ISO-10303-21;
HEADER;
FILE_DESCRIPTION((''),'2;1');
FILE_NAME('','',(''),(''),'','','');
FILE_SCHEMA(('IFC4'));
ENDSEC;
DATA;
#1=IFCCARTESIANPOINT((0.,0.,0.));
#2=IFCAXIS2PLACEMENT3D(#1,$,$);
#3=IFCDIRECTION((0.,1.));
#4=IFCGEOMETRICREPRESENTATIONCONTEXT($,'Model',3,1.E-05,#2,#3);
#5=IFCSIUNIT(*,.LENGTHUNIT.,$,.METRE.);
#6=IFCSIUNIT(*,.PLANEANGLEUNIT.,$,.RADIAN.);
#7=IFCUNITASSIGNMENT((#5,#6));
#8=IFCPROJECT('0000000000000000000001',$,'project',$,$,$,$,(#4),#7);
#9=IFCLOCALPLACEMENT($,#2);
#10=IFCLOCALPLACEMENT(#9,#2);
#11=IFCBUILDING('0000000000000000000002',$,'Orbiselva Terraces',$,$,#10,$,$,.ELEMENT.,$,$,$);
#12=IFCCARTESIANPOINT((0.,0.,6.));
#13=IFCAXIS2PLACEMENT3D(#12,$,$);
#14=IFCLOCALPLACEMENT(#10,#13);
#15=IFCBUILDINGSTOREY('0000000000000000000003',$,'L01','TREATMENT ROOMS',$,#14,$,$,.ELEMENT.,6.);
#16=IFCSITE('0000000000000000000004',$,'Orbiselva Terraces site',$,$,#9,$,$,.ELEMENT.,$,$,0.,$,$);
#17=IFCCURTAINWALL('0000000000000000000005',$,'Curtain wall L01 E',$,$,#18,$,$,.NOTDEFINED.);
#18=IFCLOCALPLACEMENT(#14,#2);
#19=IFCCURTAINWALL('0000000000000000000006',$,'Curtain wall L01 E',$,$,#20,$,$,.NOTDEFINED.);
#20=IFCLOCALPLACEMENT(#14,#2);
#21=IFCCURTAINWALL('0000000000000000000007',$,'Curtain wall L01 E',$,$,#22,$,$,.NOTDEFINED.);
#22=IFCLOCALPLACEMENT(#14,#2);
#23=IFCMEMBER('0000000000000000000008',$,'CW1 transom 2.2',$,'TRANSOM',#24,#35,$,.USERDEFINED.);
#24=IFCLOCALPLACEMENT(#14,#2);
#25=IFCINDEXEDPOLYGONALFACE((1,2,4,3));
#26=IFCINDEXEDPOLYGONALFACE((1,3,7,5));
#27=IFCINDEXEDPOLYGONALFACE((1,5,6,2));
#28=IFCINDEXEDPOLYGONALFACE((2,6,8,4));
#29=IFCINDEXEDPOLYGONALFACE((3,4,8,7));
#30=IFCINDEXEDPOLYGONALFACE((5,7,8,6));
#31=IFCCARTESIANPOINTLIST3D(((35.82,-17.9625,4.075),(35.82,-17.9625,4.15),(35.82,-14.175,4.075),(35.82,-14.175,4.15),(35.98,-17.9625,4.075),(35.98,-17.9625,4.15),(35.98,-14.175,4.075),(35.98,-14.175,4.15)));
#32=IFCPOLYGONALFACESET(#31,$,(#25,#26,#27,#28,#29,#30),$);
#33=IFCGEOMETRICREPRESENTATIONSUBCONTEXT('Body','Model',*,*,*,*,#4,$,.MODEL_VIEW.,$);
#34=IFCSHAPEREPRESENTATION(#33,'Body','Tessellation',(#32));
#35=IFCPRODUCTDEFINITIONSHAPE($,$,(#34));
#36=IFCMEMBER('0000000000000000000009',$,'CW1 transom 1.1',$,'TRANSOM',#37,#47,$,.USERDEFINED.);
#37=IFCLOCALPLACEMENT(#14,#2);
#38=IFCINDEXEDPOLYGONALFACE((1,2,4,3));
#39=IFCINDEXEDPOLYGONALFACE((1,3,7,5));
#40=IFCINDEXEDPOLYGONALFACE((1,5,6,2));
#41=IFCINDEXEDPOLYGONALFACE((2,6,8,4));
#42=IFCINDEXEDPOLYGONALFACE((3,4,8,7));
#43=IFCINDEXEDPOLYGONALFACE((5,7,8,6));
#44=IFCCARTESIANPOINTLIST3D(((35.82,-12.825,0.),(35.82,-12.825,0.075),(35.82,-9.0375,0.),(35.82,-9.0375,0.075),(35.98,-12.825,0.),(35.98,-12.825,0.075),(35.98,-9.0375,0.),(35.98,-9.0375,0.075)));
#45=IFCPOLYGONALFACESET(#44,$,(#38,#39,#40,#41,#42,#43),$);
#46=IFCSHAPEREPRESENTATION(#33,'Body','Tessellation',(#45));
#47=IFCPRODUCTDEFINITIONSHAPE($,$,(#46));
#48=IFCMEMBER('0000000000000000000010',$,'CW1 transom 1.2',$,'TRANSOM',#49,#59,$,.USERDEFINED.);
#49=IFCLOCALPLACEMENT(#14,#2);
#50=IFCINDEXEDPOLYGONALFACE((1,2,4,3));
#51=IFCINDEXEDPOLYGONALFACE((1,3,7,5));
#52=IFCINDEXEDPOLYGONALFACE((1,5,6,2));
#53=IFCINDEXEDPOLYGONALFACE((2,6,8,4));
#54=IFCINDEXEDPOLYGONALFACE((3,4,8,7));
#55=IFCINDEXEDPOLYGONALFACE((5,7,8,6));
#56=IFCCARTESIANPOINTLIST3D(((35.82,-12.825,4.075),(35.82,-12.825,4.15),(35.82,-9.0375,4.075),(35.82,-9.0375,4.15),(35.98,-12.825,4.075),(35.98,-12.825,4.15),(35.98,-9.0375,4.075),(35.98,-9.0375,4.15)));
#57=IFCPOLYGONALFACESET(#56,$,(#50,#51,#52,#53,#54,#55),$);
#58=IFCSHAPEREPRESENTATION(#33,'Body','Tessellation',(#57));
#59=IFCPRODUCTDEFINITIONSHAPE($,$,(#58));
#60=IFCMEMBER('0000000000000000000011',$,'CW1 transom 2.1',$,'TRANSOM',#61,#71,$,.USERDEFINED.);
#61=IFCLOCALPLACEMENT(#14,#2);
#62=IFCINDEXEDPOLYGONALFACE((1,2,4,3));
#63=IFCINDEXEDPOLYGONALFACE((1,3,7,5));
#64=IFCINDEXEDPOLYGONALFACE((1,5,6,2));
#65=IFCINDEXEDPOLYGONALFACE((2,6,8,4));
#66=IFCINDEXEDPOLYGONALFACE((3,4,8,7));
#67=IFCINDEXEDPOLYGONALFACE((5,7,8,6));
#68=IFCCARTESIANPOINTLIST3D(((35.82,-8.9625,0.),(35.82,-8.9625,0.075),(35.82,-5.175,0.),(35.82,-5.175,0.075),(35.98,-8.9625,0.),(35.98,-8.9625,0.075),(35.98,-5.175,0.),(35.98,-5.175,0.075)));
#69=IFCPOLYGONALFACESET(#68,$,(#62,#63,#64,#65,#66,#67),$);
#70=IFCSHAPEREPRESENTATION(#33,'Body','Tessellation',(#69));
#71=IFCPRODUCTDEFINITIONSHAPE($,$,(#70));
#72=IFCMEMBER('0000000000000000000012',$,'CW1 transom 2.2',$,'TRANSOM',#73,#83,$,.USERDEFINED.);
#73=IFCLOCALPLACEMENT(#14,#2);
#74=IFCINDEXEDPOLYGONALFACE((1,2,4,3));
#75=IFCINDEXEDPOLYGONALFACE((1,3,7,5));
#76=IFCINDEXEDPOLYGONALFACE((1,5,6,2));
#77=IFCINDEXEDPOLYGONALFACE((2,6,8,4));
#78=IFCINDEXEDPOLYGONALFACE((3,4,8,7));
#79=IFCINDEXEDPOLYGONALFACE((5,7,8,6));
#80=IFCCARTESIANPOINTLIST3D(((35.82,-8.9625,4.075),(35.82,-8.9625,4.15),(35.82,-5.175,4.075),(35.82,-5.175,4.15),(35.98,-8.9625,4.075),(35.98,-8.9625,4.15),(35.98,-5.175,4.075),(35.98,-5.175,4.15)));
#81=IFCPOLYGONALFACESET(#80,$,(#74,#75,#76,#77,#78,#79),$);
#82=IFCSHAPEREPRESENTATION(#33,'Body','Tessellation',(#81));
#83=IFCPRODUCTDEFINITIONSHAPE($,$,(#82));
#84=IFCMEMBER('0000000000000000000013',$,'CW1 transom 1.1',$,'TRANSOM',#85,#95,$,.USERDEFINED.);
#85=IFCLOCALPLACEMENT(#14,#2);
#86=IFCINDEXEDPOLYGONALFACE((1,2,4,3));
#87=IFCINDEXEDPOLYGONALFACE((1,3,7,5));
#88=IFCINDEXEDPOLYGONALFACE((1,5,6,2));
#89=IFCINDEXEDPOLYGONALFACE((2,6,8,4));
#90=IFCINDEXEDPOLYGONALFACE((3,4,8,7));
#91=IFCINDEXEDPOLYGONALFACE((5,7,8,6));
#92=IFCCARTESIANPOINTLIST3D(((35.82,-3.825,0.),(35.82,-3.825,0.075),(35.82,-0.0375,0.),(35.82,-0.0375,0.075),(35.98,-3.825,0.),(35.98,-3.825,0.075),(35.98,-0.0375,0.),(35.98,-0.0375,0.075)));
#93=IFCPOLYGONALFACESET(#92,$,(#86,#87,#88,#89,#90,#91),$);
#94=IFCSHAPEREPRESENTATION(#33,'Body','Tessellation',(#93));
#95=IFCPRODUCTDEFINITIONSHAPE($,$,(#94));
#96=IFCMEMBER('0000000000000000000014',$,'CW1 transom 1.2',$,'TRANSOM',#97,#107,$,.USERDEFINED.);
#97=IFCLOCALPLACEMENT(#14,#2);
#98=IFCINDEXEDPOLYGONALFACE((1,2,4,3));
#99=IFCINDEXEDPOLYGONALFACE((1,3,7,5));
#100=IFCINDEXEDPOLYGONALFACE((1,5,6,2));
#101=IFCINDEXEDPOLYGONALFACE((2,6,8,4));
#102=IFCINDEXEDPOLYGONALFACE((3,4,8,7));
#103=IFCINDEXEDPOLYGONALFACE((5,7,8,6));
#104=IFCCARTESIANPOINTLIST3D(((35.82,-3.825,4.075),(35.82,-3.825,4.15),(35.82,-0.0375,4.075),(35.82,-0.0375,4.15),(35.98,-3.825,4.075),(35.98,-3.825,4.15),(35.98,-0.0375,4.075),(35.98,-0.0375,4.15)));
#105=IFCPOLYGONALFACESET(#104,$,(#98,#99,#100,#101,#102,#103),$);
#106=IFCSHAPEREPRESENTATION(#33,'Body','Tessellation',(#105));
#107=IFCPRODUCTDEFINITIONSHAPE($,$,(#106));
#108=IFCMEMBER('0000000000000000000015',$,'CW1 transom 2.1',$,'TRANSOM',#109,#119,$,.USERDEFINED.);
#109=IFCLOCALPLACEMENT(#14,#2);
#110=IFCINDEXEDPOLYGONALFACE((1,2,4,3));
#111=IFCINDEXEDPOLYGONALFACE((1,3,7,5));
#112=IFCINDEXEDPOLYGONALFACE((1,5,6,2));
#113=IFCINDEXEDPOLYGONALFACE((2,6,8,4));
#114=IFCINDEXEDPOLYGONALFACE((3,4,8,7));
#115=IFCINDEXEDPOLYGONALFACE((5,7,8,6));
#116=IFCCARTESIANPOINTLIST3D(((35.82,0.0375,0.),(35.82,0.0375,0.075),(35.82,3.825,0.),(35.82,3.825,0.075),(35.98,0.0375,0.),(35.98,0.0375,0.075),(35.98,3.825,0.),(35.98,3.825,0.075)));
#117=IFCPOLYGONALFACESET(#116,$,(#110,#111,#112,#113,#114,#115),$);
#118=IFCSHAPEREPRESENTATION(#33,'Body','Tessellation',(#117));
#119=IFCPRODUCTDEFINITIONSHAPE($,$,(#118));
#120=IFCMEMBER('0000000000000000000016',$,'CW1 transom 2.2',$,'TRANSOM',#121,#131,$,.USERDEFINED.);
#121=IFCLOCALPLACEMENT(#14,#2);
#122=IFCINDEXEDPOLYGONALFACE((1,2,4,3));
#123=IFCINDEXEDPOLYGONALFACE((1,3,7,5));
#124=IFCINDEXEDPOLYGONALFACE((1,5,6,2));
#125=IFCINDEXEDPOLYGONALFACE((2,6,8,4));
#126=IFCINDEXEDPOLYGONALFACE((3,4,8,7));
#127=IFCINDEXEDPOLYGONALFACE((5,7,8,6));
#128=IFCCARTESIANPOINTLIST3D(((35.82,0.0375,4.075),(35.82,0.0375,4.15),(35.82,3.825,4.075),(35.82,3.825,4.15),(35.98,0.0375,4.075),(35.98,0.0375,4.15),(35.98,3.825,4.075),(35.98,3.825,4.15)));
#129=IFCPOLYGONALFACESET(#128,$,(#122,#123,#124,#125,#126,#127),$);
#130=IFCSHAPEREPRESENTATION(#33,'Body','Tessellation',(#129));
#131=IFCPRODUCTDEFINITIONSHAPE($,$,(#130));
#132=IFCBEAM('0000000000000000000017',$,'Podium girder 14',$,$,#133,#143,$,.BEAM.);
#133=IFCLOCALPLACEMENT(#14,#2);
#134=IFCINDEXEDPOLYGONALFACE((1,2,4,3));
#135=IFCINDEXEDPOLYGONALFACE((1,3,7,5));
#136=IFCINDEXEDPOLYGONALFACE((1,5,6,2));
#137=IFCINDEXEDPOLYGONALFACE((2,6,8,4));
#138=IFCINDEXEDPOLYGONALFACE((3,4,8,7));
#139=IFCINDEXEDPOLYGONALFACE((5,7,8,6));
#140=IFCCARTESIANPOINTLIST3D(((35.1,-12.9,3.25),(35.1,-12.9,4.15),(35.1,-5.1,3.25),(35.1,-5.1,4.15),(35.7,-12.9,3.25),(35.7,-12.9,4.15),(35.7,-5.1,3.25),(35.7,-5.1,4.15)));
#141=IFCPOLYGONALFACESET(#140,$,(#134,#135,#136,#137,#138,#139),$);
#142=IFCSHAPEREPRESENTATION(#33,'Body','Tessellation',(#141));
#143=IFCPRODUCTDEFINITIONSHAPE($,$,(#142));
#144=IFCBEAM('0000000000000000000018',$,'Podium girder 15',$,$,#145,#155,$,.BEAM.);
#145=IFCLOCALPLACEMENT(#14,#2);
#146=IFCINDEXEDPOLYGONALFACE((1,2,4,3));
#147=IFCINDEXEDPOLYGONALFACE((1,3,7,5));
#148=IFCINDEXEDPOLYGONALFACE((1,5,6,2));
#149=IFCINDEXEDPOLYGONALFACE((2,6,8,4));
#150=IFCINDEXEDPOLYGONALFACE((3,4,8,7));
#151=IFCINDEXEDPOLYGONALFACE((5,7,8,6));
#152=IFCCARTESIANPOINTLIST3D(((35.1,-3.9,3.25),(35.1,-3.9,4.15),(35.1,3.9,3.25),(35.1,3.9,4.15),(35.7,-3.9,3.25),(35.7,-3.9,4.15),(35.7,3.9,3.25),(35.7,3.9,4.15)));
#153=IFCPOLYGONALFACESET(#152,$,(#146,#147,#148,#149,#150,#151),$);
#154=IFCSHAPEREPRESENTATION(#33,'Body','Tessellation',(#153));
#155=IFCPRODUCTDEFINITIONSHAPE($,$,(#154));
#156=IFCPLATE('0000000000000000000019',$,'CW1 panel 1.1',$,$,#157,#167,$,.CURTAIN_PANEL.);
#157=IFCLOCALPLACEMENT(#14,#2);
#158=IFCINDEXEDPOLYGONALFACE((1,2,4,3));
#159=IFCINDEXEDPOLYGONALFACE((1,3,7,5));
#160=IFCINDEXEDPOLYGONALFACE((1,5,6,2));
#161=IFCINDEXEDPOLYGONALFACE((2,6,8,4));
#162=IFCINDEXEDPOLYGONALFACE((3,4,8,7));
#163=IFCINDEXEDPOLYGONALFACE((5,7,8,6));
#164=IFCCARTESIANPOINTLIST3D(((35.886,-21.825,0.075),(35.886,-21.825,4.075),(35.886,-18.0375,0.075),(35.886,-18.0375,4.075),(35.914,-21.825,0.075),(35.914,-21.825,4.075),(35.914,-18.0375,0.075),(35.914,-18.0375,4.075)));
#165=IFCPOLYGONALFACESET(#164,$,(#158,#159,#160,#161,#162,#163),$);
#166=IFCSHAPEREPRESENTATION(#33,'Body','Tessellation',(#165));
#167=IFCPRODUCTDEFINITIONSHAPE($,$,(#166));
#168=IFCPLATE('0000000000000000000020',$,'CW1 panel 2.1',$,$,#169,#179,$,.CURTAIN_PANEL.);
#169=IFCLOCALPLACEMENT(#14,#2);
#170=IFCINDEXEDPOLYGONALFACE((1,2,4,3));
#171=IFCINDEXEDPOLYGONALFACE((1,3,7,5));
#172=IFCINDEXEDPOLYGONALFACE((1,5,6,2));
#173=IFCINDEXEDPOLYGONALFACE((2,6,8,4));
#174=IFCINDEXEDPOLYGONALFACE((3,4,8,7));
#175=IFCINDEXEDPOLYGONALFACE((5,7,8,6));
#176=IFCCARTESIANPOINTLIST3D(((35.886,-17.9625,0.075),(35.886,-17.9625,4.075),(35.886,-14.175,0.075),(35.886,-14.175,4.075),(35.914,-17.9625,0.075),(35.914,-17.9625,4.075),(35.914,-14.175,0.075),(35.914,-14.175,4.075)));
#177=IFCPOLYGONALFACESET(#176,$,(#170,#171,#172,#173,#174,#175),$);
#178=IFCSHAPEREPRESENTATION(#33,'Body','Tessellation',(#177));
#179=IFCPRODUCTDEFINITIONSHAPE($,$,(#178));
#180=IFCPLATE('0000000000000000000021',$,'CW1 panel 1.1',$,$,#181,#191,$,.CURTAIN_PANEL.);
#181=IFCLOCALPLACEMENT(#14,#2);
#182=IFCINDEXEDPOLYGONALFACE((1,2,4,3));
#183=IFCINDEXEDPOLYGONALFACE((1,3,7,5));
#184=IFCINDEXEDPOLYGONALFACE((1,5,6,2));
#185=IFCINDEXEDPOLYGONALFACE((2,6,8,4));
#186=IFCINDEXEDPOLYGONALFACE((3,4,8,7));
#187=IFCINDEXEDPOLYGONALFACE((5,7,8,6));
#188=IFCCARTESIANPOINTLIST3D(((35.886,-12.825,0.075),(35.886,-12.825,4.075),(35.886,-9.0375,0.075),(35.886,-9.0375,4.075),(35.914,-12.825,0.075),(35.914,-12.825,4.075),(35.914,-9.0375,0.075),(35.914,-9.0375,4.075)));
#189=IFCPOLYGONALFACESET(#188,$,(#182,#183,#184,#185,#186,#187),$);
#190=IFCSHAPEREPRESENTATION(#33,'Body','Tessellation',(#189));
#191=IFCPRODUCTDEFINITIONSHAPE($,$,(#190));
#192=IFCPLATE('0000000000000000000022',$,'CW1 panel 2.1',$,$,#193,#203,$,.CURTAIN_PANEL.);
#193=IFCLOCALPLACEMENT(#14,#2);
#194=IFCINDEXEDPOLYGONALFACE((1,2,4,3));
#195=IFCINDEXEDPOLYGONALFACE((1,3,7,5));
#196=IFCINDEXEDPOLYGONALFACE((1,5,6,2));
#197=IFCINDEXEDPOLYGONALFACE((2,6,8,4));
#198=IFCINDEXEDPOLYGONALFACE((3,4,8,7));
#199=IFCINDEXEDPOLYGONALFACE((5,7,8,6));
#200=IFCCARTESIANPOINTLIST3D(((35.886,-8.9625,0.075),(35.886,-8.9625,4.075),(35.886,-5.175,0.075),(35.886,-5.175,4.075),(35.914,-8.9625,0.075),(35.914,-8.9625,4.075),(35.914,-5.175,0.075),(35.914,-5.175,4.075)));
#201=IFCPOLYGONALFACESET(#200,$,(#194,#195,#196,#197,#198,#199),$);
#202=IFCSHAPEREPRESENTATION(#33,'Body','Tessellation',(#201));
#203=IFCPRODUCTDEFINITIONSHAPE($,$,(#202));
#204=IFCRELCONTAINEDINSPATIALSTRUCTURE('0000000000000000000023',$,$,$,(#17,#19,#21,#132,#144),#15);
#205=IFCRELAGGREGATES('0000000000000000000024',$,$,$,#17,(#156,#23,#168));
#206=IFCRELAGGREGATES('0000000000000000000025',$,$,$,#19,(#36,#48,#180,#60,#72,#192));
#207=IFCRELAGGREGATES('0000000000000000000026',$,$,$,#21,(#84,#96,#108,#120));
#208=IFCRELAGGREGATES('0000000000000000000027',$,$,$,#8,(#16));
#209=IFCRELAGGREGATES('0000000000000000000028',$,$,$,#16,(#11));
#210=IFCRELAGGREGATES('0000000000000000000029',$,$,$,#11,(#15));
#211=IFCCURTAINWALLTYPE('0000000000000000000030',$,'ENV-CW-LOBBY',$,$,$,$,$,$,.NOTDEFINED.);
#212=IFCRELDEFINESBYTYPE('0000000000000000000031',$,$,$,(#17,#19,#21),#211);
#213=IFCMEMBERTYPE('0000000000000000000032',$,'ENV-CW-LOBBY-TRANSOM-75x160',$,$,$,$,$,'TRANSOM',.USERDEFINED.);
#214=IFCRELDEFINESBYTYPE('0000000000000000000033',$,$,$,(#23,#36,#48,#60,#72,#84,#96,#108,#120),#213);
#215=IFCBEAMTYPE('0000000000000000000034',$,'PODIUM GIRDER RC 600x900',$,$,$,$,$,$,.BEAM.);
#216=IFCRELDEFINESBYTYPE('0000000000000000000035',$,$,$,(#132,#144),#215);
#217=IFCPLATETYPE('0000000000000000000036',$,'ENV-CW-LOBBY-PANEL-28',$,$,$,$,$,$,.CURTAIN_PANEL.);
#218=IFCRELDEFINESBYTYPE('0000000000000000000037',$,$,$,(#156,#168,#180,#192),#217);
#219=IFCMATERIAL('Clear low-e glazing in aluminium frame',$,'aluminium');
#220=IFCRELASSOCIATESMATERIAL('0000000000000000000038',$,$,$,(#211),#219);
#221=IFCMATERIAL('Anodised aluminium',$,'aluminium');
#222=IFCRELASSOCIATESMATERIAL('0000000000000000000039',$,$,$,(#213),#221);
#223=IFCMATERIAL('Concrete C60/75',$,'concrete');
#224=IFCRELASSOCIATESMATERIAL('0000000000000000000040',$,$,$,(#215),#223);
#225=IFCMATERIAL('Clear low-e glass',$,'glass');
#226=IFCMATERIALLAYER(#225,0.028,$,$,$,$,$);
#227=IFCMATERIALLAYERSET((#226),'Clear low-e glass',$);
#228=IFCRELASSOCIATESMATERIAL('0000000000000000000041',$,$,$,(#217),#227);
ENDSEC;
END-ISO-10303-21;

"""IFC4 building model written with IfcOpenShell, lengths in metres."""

from ifc_helpers import new_model, si_unit, direction, frame, origin, origin_2d, place, context, subcontext, project, spatial, rectangle, extrude, material, layer, layer_set, material_profile, profile_set, type_object, element, aggregate, save


model = new_model("IFC4")

# Units and contexts
model_context = context("Model", 3, precision=1e-05, world=origin(), true_north=direction((0.0, 1.0)))
body_context = subcontext(model_context, "Body", "Model", "MODEL_VIEW")
ifc_project = project(units=[si_unit("LENGTHUNIT", "METRE"), si_unit("PLANEANGLEUNIT", "RADIAN")], contexts=[model_context])

# Site, building, storey
site_placement = place(None, origin())
site = spatial("IfcSite", under=ifc_project, at=site_placement, Name="Orbiselva Terraces site", CompositionType="ELEMENT", RefElevation=0.0)
building_placement = place(site_placement, origin())
building = spatial("IfcBuilding", under=site, at=building_placement, Name="Orbiselva Terraces", CompositionType="ELEMENT")
storey_placement = place(building_placement, frame((0.0, 0.0, 6.0)))
storey = spatial("IfcBuildingStorey", under=building, at=storey_placement, Name="L01", Description="TREATMENT ROOMS", CompositionType="ELEMENT", Elevation=6.0)

# Shared definitions
ifc_material_1 = material(Name="Concrete C60/75", Category="concrete")

# Curtain walls
ifc_material_2 = material(Name="Clear low-e glazing in aluminium frame", Category="aluminium")
curtain_wall_type = type_object("IfcCurtainWallType", Name="ENV-CW-LOBBY", PredefinedType="NOTDEFINED", material=ifc_material_2)
curtain_wall_1_placement = place(storey_placement, origin())
curtain_wall_1 = element("IfcCurtainWall", 1, at=curtain_wall_1_placement, inside=storey, type_object=curtain_wall_type, Name="Curtain wall L01 E", PredefinedType="NOTDEFINED")
ifc_material_3 = material(Name="Anodised aluminium", Category="aluminium")
curtain_wall_2_placement = place(storey_placement, origin())
curtain_wall_2 = element("IfcCurtainWall", 2, at=curtain_wall_2_placement, inside=storey, type_object=curtain_wall_type, Name="Curtain wall L01 E", PredefinedType="NOTDEFINED")
curtain_wall_3_placement = place(storey_placement, origin())
curtain_wall_3 = element("IfcCurtainWall", 3, at=curtain_wall_3_placement, inside=storey, type_object=curtain_wall_type, Name="Curtain wall L01 E", PredefinedType="NOTDEFINED")

# Members
ifc_material_profile_1 = material_profile(ifc_material_3, rectangle(XDim=0.16, YDim=0.075, at=origin_2d()), Name="AL 75x160")
ifc_profile_set_1 = profile_set([ifc_material_profile_1], Name="Anodised aluminium")
member_type_1 = type_object("IfcMemberType", Name="ENV-CW-LOBBY-TRANSOM-75x160", ElementType="TRANSOM", PredefinedType="USERDEFINED", material=ifc_profile_set_1)
member_1_placement = place(storey_placement, frame((35.9, -17.9625, 4.1125), z_axis=(0.0, 1.0, 0.0), x_axis=(-1.0, 0.0, 0.0)))
member_1 = element("IfcMember", 4, at=member_1_placement, type_object=member_type_1, Name="CW1 transom 2.2", ObjectType="TRANSOM", PredefinedType="USERDEFINED", context=body_context, shape_type="SweptSolid", body=[
    extrude(rectangle(XDim=0.16, YDim=0.075, at=origin_2d()), origin(), (0.0, 0.0, 1.0), 3.7875),
])
member_2_placement = place(storey_placement, frame((35.9, -12.825, 0.0375), z_axis=(0.0, 1.0, 0.0), x_axis=(-1.0, 0.0, 0.0)))
member_2 = element("IfcMember", 5, at=member_2_placement, type_object=member_type_1, Name="CW1 transom 1.1", ObjectType="TRANSOM", PredefinedType="USERDEFINED", context=body_context, shape_type="SweptSolid", body=[
    extrude(rectangle(XDim=0.16, YDim=0.075, at=origin_2d()), origin(), (0.0, 0.0, 1.0), 3.7875),
])
member_3_placement = place(storey_placement, frame((35.9, -12.825, 4.1125), z_axis=(0.0, 1.0, 0.0), x_axis=(-1.0, 0.0, 0.0)))
member_3 = element("IfcMember", 6, at=member_3_placement, type_object=member_type_1, Name="CW1 transom 1.2", ObjectType="TRANSOM", PredefinedType="USERDEFINED", context=body_context, shape_type="SweptSolid", body=[
    extrude(rectangle(XDim=0.16, YDim=0.075, at=origin_2d()), origin(), (0.0, 0.0, 1.0), 3.7875),
])
member_4_placement = place(storey_placement, frame((35.9, -8.9625, 0.0375), z_axis=(0.0, 1.0, 0.0), x_axis=(-1.0, 0.0, 0.0)))
member_4 = element("IfcMember", 7, at=member_4_placement, type_object=member_type_1, Name="CW1 transom 2.1", ObjectType="TRANSOM", PredefinedType="USERDEFINED", context=body_context, shape_type="SweptSolid", body=[
    extrude(rectangle(XDim=0.16, YDim=0.075, at=origin_2d()), origin(), (0.0, 0.0, 1.0), 3.7875),
])
member_5_placement = place(storey_placement, frame((35.9, -8.9625, 4.1125), z_axis=(0.0, 1.0, 0.0), x_axis=(-1.0, 0.0, 0.0)))
member_5 = element("IfcMember", 8, at=member_5_placement, type_object=member_type_1, Name="CW1 transom 2.2", ObjectType="TRANSOM", PredefinedType="USERDEFINED", context=body_context, shape_type="SweptSolid", body=[
    extrude(rectangle(XDim=0.16, YDim=0.075, at=origin_2d()), origin(), (0.0, 0.0, 1.0), 3.7875),
])
member_6_placement = place(storey_placement, frame((35.9, -3.825, 0.0375), z_axis=(0.0, 1.0, 0.0), x_axis=(-1.0, 0.0, 0.0)))
member_6 = element("IfcMember", 9, at=member_6_placement, type_object=member_type_1, Name="CW1 transom 1.1", ObjectType="TRANSOM", PredefinedType="USERDEFINED", context=body_context, shape_type="SweptSolid", body=[
    extrude(rectangle(XDim=0.16, YDim=0.075, at=origin_2d()), origin(), (0.0, 0.0, 1.0), 3.7875),
])
member_7_placement = place(storey_placement, frame((35.9, -3.825, 4.1125), z_axis=(0.0, 1.0, 0.0), x_axis=(-1.0, 0.0, 0.0)))
member_7 = element("IfcMember", 10, at=member_7_placement, type_object=member_type_1, Name="CW1 transom 1.2", ObjectType="TRANSOM", PredefinedType="USERDEFINED", context=body_context, shape_type="SweptSolid", body=[
    extrude(rectangle(XDim=0.16, YDim=0.075, at=origin_2d()), origin(), (0.0, 0.0, 1.0), 3.7875),
])
member_8_placement = place(storey_placement, frame((35.9, 0.0375, 0.0375), z_axis=(0.0, 1.0, 0.0), x_axis=(-1.0, 0.0, 0.0)))
member_8 = element("IfcMember", 11, at=member_8_placement, type_object=member_type_1, Name="CW1 transom 2.1", ObjectType="TRANSOM", PredefinedType="USERDEFINED", context=body_context, shape_type="SweptSolid", body=[
    extrude(rectangle(XDim=0.16, YDim=0.075, at=origin_2d()), origin(), (0.0, 0.0, 1.0), 3.7875),
])
member_9_placement = place(storey_placement, frame((35.9, 0.0375, 4.1125), z_axis=(0.0, 1.0, 0.0), x_axis=(-1.0, 0.0, 0.0)))
member_9 = element("IfcMember", 12, at=member_9_placement, type_object=member_type_1, Name="CW1 transom 2.2", ObjectType="TRANSOM", PredefinedType="USERDEFINED", context=body_context, shape_type="SweptSolid", body=[
    extrude(rectangle(XDim=0.16, YDim=0.075, at=origin_2d()), origin(), (0.0, 0.0, 1.0), 3.7875),
])

# Beams
ifc_material_profile_2 = material_profile(ifc_material_1, rectangle(XDim=0.6, YDim=0.9, at=origin_2d()), Name="RC 600x900")
ifc_profile_set_2 = profile_set([ifc_material_profile_2], Name="Concrete C60/75")
beam_type = type_object("IfcBeamType", Name="PODIUM GIRDER RC 600x900", PredefinedType="BEAM", material=ifc_profile_set_2)
for number, where, z_axis, x_axis, name in (
    (13, (35.4, -12.9, 3.7), (0.0, 1.0, 0.0), (-1.0, 0.0, 0.0), "Podium girder 14"),
    (14, (35.4, -3.9, 3.7), (0.0, 1.0, 0.0), (-1.0, 0.0, 0.0), "Podium girder 15"),
):
    element("IfcBeam", number, at=place(storey_placement, frame(where, z_axis=z_axis, x_axis=x_axis)), inside=storey, type_object=beam_type, Name=name, PredefinedType="BEAM", context=body_context, shape_type="SweptSolid", body=[
        extrude(rectangle(XDim=0.6, YDim=0.9, at=origin_2d()), origin(), (0.0, 0.0, 1.0), 7.8),
    ])

# Plates
ifc_material_4 = material(Name="Clear low-e glass", Category="glass")
ifc_layer = layer(ifc_material_4, 0.028)
ifc_layer_set = layer_set([ifc_layer], Name="Clear low-e glass")
plate_type = type_object("IfcPlateType", Name="ENV-CW-LOBBY-PANEL-28", PredefinedType="CURTAIN_PANEL", material=ifc_layer_set)
plate_1_placement = place(storey_placement, frame((35.9, -19.9312, 0.075), z_axis=(0.0, 0.0, 1.0), x_axis=(0.0, 1.0, 0.0)))
plate_1 = element("IfcPlate", 15, at=plate_1_placement, type_object=plate_type, Name="CW1 panel 1.1", PredefinedType="CURTAIN_PANEL", context=body_context, shape_type="SweptSolid", body=[
    extrude(rectangle(XDim=3.7875, YDim=0.028, at=origin_2d()), origin(), (0.0, 0.0, 1.0), 4.0),
])
plate_2_placement = place(storey_placement, frame((35.9, -16.0688, 0.075), z_axis=(0.0, 0.0, 1.0), x_axis=(0.0, 1.0, 0.0)))
plate_2 = element("IfcPlate", 16, at=plate_2_placement, type_object=plate_type, Name="CW1 panel 2.1", PredefinedType="CURTAIN_PANEL", context=body_context, shape_type="SweptSolid", body=[
    extrude(rectangle(XDim=3.7875, YDim=0.028, at=origin_2d()), origin(), (0.0, 0.0, 1.0), 4.0),
])
aggregate(curtain_wall_1, [plate_1, member_1, plate_2])
plate_3_placement = place(storey_placement, frame((35.9, -10.9313, 0.075), z_axis=(0.0, 0.0, 1.0), x_axis=(0.0, 1.0, 0.0)))
plate_3 = element("IfcPlate", 17, at=plate_3_placement, type_object=plate_type, Name="CW1 panel 1.1", PredefinedType="CURTAIN_PANEL", context=body_context, shape_type="SweptSolid", body=[
    extrude(rectangle(XDim=3.7875, YDim=0.028, at=origin_2d()), origin(), (0.0, 0.0, 1.0), 4.0),
])
plate_4_placement = place(storey_placement, frame((35.9, -7.0687, 0.075), z_axis=(0.0, 0.0, 1.0), x_axis=(0.0, 1.0, 0.0)))
plate_4 = element("IfcPlate", 18, at=plate_4_placement, type_object=plate_type, Name="CW1 panel 2.1", PredefinedType="CURTAIN_PANEL", context=body_context, shape_type="SweptSolid", body=[
    extrude(rectangle(XDim=3.7875, YDim=0.028, at=origin_2d()), origin(), (0.0, 0.0, 1.0), 4.0),
])
aggregate(curtain_wall_2, [member_2, member_3, plate_3, member_4, member_5, plate_4])
aggregate(curtain_wall_3, [member_6, member_7, member_8, member_9])

save(model, "model.ifc")
